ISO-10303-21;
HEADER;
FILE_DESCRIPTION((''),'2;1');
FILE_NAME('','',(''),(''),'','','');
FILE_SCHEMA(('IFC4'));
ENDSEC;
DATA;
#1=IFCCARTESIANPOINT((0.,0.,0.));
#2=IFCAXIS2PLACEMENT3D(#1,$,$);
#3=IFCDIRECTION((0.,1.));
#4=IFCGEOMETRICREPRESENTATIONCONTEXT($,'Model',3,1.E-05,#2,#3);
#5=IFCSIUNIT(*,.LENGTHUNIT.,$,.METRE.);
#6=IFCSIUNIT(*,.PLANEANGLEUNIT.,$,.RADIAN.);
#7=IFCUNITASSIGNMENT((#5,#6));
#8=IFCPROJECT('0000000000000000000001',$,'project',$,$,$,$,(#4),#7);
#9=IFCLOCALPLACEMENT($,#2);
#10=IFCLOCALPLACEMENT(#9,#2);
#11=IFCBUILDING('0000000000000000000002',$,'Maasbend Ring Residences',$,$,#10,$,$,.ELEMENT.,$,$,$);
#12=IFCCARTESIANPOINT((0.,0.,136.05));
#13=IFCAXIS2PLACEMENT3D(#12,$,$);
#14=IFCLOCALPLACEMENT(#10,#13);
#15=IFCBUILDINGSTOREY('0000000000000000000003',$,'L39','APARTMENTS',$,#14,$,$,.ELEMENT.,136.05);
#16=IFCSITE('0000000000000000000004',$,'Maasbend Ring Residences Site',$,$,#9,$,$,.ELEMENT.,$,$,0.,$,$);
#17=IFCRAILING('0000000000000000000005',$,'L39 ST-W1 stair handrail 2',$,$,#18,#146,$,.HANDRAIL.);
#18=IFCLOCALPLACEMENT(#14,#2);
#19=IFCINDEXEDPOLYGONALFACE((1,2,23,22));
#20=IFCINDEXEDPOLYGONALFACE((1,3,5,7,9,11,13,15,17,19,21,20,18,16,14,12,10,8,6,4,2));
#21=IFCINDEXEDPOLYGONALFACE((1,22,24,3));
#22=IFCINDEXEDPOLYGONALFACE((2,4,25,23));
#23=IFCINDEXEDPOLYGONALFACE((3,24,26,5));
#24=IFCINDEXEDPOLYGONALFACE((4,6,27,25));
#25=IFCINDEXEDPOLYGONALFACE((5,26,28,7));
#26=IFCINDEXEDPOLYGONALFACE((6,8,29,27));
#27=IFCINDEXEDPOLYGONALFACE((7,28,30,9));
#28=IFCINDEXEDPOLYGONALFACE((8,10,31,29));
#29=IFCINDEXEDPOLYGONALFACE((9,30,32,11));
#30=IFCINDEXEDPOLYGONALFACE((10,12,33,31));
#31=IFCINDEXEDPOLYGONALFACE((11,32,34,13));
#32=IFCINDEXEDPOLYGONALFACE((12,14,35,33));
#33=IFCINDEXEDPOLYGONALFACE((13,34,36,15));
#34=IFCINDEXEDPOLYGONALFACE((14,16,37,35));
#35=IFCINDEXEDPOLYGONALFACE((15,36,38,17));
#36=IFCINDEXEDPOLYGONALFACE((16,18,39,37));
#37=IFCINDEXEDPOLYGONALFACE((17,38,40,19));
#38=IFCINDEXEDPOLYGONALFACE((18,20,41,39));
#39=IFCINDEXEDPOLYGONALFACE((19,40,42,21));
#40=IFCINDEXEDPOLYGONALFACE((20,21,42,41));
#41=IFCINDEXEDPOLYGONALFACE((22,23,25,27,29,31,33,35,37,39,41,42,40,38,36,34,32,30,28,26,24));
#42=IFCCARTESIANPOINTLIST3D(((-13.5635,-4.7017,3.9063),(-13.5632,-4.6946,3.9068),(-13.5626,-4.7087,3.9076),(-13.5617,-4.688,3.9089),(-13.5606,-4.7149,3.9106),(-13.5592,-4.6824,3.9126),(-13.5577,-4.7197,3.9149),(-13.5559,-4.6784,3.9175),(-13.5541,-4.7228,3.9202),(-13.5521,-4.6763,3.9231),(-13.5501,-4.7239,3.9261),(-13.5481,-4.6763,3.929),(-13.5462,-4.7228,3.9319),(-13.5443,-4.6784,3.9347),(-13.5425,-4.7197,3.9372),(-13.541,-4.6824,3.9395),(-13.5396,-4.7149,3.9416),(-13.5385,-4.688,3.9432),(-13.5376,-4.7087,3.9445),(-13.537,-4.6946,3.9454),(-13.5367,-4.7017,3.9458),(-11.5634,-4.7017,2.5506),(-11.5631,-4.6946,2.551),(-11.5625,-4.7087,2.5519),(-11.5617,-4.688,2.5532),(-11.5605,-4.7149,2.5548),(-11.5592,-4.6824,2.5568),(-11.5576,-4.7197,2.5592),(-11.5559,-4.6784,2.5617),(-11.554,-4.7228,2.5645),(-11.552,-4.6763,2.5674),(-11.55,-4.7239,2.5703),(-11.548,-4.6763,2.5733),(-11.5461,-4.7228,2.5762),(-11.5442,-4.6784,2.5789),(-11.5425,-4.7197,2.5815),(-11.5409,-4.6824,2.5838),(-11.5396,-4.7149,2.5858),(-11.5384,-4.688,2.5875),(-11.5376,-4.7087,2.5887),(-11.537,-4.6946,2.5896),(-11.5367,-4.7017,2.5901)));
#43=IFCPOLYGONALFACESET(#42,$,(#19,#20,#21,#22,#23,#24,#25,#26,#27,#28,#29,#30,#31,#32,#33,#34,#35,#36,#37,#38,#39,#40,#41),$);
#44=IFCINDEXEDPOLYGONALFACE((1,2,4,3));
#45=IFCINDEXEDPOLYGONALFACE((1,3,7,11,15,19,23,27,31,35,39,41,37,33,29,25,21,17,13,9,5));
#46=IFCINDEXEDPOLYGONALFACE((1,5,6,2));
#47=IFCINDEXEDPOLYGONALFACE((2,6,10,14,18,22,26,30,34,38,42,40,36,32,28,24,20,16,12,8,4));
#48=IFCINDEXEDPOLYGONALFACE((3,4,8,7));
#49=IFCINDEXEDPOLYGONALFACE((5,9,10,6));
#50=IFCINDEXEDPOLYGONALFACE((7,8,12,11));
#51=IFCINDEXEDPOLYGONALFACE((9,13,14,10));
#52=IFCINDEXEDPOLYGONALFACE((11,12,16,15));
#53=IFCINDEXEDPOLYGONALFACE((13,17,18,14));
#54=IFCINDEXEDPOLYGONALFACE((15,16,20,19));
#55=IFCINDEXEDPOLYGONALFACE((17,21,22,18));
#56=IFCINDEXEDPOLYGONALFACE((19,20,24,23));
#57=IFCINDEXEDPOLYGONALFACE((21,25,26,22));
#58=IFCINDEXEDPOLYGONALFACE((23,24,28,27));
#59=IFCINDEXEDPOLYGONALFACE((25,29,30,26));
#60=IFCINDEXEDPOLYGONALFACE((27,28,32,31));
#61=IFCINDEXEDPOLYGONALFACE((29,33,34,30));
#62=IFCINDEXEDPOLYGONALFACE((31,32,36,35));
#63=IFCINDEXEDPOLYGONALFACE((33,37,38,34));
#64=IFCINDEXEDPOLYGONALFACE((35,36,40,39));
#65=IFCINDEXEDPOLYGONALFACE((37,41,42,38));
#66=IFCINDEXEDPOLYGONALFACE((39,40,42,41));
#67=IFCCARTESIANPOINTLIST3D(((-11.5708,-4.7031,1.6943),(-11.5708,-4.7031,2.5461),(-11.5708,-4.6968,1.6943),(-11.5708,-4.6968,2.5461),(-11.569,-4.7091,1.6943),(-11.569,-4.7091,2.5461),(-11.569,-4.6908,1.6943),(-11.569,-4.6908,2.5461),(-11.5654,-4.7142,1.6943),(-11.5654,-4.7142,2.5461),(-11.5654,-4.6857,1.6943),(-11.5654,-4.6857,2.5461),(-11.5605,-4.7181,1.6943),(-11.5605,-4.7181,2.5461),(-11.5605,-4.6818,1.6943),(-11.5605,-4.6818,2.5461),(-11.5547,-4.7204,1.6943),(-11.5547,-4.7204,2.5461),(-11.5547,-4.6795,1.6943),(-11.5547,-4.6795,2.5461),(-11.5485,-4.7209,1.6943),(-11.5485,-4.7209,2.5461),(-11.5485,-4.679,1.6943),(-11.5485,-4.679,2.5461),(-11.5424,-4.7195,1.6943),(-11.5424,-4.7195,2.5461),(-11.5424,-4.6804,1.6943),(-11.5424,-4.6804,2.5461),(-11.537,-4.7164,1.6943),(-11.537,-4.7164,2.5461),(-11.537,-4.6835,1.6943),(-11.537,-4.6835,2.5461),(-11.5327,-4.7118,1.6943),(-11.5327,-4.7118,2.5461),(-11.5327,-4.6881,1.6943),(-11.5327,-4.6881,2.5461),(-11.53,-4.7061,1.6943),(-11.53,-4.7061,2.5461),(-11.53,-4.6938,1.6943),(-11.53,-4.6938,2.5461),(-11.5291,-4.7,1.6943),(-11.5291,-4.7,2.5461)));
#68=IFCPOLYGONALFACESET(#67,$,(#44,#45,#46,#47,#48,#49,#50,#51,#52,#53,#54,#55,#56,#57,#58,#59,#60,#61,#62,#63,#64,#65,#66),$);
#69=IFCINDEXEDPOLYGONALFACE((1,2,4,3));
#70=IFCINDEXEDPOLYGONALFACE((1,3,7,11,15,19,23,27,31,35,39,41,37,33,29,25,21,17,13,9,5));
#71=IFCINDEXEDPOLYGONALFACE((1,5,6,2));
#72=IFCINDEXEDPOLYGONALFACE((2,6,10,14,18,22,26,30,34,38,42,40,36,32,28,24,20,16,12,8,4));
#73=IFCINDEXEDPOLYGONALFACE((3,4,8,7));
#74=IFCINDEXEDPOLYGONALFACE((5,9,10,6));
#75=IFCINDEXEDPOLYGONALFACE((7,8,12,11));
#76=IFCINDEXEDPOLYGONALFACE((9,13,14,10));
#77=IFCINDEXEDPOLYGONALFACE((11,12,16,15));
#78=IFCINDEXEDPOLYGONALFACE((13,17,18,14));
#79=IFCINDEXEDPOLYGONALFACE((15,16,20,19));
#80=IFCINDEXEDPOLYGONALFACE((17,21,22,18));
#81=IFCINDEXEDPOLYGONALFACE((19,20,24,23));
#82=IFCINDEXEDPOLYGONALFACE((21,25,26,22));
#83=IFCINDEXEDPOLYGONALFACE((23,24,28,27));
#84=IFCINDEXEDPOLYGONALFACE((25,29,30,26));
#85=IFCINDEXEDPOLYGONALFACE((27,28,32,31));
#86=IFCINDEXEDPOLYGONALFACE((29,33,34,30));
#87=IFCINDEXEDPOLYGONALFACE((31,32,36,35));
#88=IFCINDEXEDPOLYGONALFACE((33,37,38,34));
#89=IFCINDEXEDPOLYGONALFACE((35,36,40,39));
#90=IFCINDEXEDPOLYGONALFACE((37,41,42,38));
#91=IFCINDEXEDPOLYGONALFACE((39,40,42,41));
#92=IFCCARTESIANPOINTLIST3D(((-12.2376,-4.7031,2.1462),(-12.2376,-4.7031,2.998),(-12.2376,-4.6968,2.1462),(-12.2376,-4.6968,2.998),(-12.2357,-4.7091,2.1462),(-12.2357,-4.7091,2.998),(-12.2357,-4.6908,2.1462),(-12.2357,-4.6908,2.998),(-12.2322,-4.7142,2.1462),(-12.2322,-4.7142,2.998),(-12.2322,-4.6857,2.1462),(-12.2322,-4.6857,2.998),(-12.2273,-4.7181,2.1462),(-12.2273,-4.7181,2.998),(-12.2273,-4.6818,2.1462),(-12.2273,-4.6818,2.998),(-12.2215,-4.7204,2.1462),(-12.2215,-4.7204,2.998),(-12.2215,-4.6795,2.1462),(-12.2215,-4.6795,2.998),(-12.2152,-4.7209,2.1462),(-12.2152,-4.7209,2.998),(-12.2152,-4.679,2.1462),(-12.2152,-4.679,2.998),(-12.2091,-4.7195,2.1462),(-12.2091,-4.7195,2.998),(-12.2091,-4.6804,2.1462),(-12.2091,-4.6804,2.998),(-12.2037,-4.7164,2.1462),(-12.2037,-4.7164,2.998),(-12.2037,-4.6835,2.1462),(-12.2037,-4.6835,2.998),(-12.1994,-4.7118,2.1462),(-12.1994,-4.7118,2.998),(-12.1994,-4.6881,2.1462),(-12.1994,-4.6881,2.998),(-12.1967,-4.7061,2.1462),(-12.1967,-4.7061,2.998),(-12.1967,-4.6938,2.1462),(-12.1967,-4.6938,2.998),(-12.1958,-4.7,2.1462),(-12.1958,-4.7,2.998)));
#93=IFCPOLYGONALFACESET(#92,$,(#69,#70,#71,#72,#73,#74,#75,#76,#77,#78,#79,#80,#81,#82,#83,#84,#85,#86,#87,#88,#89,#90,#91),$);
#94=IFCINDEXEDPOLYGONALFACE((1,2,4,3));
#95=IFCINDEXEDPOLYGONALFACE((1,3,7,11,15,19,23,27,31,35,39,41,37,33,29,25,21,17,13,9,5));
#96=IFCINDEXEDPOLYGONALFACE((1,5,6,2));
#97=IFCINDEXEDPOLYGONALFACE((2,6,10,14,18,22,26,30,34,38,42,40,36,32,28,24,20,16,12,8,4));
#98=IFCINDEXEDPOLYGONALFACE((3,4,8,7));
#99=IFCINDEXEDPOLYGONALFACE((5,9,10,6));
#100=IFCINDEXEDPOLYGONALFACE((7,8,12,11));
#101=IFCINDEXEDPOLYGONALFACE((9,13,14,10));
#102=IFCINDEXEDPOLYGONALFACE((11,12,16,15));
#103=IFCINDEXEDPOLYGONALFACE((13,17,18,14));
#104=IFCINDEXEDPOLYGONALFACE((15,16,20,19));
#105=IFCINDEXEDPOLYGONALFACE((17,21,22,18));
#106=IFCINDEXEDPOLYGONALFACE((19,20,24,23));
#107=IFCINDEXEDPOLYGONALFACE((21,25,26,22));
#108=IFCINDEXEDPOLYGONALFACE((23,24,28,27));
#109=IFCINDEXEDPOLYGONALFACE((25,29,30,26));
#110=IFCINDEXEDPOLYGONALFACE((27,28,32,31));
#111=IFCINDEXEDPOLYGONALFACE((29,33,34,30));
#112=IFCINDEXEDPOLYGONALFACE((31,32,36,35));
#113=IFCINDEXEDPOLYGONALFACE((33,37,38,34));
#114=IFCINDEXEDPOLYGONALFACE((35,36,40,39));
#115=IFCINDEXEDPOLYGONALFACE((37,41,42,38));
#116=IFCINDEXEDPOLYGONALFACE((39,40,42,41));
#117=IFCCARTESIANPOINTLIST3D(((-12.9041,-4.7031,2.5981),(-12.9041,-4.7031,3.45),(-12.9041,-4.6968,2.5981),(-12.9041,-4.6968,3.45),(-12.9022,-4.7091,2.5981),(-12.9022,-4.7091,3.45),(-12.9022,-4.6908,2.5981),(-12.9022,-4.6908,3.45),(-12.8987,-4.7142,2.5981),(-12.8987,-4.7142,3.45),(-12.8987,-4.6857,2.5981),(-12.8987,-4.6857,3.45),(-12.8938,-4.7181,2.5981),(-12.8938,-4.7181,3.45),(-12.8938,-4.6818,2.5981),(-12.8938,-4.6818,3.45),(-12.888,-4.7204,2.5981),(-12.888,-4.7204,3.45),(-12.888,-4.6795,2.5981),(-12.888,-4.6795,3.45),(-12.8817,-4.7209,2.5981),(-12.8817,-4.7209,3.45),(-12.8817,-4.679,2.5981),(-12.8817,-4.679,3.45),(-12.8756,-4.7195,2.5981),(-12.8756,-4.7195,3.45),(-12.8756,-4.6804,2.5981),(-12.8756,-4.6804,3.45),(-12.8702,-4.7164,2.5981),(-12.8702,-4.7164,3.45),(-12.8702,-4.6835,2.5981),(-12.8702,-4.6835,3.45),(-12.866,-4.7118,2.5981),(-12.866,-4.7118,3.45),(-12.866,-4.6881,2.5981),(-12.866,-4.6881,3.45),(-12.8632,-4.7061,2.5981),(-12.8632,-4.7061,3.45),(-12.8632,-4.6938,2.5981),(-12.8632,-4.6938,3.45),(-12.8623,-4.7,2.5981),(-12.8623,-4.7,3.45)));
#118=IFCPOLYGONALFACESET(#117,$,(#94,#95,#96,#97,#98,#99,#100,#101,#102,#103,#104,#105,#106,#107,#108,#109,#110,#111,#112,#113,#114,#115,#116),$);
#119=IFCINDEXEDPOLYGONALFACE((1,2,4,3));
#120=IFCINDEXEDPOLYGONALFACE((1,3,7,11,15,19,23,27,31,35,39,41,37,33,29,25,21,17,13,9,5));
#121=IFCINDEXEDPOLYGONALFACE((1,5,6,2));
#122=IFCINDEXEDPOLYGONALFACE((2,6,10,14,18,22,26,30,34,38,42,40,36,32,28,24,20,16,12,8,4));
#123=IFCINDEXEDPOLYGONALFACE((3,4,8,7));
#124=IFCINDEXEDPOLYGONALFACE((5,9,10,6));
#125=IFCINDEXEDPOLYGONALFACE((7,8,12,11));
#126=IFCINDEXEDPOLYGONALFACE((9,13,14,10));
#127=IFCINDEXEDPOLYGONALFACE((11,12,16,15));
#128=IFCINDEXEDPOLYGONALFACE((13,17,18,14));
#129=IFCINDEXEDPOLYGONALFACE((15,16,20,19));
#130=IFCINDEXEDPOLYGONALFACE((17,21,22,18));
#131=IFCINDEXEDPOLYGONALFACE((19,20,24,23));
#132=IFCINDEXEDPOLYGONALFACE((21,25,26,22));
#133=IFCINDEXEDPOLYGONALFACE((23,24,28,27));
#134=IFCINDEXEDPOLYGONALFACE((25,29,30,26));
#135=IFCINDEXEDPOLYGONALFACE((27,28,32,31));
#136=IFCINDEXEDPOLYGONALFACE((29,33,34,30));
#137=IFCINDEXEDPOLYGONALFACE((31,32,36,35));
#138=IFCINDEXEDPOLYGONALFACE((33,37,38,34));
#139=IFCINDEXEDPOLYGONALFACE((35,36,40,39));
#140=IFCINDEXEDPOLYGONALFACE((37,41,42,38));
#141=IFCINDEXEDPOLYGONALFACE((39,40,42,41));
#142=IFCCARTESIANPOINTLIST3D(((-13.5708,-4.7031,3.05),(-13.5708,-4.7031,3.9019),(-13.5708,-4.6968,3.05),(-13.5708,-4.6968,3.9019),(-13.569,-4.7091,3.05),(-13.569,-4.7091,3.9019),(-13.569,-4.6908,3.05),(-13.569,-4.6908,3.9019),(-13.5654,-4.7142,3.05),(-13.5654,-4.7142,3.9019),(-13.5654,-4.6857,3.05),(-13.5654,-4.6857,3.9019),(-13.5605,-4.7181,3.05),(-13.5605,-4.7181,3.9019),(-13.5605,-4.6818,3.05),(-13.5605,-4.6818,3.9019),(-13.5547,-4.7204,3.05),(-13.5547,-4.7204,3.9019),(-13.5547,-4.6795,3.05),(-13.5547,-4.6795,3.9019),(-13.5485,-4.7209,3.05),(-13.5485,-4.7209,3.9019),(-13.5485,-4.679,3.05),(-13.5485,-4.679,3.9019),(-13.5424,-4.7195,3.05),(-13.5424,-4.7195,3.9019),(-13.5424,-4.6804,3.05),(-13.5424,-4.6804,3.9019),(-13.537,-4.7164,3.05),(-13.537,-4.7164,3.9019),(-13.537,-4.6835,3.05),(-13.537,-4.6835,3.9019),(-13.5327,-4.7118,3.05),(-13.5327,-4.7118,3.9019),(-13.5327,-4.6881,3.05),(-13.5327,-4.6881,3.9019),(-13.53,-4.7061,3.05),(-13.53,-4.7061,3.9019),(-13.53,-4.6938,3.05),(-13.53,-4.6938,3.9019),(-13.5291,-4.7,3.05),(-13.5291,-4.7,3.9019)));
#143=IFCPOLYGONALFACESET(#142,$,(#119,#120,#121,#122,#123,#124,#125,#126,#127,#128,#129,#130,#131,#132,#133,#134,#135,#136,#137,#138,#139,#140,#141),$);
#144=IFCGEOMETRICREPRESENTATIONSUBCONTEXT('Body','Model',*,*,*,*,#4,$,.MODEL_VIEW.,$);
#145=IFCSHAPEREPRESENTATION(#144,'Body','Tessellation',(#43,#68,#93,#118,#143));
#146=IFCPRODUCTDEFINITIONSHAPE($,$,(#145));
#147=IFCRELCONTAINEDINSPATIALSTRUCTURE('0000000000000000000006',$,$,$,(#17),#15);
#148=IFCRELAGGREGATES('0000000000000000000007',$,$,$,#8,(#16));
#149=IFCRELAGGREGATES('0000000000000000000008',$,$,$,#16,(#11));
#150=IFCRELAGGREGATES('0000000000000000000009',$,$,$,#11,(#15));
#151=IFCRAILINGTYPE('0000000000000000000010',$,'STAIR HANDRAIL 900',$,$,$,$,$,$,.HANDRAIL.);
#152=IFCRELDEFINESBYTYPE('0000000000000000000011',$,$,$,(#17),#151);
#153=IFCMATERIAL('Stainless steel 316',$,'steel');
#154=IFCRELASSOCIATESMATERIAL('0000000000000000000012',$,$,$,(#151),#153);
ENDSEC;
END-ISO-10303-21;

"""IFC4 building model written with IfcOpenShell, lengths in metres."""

from ifc_helpers import new_model, si_unit, direction, frame, origin, origin_2d, place, context, subcontext, project, spatial, circle, extrude, material, type_object, element, save


model = new_model("IFC4")

# Units and contexts
model_context = context("Model", 3, precision=1e-05, world=origin(), true_north=direction((0.0, 1.0)))
body_context = subcontext(model_context, "Body", "Model", "MODEL_VIEW")
ifc_project = project(units=[si_unit("LENGTHUNIT", "METRE"), si_unit("PLANEANGLEUNIT", "RADIAN")], contexts=[model_context])

# Site, building, storey
site_placement = place(None, origin())
site = spatial("IfcSite", under=ifc_project, at=site_placement, Name="Maasbend Ring Residences Site", CompositionType="ELEMENT", RefElevation=0.0)
building_placement = place(site_placement, origin())
building = spatial("IfcBuilding", under=site, at=building_placement, Name="Maasbend Ring Residences", CompositionType="ELEMENT")
storey_placement = place(building_placement, frame((0.0, 0.0, 136.05)))
storey = spatial("IfcBuildingStorey", under=building, at=storey_placement, Name="L39", Description="APARTMENTS", CompositionType="ELEMENT", Elevation=136.05)

# Railing
ifc_material_1 = material(Name="Stainless steel 316", Category="steel")
railing_type_1 = type_object("IfcRailingType", Name="STAIR HANDRAIL 900", PredefinedType="HANDRAIL", material=ifc_material_1)
railing_1_placement = place(storey_placement, frame((-11.55, -4.7, 1.6943)))
element("IfcRailing", 1, at=railing_1_placement, inside=storey, type_object=railing_type_1, Name="L39 ST-W1 stair handrail 2", PredefinedType="HANDRAIL", context=body_context, shape_type="SweptSolid", body=[
    extrude(circle(Radius=0.0239, at=origin_2d()), frame((0.0, 0.0, 0.876), z_axis=(-0.827751, 0.0, 0.561096), x_axis=(0.0, -1.0, 0.0)), (0.0, 0.0, 1.0), 2.4163),
    extrude(circle(Radius=0.021, at=origin_2d()), origin(), (0.0, 0.0, 1.0), 0.8518),
    extrude(circle(Radius=0.021, at=origin_2d()), frame((-0.6667, 0.0, 0.4519)), (0.0, 0.0, 1.0), 0.8518),
    extrude(circle(Radius=0.021, at=origin_2d()), frame((-1.3333, 0.0, 0.9038)), (0.0, 0.0, 1.0), 0.8518),
    extrude(circle(Radius=0.021, at=origin_2d()), frame((-2.0, 0.0, 1.3557)), (0.0, 0.0, 1.0), 0.8518),
])

save(model, "model.ifc")
